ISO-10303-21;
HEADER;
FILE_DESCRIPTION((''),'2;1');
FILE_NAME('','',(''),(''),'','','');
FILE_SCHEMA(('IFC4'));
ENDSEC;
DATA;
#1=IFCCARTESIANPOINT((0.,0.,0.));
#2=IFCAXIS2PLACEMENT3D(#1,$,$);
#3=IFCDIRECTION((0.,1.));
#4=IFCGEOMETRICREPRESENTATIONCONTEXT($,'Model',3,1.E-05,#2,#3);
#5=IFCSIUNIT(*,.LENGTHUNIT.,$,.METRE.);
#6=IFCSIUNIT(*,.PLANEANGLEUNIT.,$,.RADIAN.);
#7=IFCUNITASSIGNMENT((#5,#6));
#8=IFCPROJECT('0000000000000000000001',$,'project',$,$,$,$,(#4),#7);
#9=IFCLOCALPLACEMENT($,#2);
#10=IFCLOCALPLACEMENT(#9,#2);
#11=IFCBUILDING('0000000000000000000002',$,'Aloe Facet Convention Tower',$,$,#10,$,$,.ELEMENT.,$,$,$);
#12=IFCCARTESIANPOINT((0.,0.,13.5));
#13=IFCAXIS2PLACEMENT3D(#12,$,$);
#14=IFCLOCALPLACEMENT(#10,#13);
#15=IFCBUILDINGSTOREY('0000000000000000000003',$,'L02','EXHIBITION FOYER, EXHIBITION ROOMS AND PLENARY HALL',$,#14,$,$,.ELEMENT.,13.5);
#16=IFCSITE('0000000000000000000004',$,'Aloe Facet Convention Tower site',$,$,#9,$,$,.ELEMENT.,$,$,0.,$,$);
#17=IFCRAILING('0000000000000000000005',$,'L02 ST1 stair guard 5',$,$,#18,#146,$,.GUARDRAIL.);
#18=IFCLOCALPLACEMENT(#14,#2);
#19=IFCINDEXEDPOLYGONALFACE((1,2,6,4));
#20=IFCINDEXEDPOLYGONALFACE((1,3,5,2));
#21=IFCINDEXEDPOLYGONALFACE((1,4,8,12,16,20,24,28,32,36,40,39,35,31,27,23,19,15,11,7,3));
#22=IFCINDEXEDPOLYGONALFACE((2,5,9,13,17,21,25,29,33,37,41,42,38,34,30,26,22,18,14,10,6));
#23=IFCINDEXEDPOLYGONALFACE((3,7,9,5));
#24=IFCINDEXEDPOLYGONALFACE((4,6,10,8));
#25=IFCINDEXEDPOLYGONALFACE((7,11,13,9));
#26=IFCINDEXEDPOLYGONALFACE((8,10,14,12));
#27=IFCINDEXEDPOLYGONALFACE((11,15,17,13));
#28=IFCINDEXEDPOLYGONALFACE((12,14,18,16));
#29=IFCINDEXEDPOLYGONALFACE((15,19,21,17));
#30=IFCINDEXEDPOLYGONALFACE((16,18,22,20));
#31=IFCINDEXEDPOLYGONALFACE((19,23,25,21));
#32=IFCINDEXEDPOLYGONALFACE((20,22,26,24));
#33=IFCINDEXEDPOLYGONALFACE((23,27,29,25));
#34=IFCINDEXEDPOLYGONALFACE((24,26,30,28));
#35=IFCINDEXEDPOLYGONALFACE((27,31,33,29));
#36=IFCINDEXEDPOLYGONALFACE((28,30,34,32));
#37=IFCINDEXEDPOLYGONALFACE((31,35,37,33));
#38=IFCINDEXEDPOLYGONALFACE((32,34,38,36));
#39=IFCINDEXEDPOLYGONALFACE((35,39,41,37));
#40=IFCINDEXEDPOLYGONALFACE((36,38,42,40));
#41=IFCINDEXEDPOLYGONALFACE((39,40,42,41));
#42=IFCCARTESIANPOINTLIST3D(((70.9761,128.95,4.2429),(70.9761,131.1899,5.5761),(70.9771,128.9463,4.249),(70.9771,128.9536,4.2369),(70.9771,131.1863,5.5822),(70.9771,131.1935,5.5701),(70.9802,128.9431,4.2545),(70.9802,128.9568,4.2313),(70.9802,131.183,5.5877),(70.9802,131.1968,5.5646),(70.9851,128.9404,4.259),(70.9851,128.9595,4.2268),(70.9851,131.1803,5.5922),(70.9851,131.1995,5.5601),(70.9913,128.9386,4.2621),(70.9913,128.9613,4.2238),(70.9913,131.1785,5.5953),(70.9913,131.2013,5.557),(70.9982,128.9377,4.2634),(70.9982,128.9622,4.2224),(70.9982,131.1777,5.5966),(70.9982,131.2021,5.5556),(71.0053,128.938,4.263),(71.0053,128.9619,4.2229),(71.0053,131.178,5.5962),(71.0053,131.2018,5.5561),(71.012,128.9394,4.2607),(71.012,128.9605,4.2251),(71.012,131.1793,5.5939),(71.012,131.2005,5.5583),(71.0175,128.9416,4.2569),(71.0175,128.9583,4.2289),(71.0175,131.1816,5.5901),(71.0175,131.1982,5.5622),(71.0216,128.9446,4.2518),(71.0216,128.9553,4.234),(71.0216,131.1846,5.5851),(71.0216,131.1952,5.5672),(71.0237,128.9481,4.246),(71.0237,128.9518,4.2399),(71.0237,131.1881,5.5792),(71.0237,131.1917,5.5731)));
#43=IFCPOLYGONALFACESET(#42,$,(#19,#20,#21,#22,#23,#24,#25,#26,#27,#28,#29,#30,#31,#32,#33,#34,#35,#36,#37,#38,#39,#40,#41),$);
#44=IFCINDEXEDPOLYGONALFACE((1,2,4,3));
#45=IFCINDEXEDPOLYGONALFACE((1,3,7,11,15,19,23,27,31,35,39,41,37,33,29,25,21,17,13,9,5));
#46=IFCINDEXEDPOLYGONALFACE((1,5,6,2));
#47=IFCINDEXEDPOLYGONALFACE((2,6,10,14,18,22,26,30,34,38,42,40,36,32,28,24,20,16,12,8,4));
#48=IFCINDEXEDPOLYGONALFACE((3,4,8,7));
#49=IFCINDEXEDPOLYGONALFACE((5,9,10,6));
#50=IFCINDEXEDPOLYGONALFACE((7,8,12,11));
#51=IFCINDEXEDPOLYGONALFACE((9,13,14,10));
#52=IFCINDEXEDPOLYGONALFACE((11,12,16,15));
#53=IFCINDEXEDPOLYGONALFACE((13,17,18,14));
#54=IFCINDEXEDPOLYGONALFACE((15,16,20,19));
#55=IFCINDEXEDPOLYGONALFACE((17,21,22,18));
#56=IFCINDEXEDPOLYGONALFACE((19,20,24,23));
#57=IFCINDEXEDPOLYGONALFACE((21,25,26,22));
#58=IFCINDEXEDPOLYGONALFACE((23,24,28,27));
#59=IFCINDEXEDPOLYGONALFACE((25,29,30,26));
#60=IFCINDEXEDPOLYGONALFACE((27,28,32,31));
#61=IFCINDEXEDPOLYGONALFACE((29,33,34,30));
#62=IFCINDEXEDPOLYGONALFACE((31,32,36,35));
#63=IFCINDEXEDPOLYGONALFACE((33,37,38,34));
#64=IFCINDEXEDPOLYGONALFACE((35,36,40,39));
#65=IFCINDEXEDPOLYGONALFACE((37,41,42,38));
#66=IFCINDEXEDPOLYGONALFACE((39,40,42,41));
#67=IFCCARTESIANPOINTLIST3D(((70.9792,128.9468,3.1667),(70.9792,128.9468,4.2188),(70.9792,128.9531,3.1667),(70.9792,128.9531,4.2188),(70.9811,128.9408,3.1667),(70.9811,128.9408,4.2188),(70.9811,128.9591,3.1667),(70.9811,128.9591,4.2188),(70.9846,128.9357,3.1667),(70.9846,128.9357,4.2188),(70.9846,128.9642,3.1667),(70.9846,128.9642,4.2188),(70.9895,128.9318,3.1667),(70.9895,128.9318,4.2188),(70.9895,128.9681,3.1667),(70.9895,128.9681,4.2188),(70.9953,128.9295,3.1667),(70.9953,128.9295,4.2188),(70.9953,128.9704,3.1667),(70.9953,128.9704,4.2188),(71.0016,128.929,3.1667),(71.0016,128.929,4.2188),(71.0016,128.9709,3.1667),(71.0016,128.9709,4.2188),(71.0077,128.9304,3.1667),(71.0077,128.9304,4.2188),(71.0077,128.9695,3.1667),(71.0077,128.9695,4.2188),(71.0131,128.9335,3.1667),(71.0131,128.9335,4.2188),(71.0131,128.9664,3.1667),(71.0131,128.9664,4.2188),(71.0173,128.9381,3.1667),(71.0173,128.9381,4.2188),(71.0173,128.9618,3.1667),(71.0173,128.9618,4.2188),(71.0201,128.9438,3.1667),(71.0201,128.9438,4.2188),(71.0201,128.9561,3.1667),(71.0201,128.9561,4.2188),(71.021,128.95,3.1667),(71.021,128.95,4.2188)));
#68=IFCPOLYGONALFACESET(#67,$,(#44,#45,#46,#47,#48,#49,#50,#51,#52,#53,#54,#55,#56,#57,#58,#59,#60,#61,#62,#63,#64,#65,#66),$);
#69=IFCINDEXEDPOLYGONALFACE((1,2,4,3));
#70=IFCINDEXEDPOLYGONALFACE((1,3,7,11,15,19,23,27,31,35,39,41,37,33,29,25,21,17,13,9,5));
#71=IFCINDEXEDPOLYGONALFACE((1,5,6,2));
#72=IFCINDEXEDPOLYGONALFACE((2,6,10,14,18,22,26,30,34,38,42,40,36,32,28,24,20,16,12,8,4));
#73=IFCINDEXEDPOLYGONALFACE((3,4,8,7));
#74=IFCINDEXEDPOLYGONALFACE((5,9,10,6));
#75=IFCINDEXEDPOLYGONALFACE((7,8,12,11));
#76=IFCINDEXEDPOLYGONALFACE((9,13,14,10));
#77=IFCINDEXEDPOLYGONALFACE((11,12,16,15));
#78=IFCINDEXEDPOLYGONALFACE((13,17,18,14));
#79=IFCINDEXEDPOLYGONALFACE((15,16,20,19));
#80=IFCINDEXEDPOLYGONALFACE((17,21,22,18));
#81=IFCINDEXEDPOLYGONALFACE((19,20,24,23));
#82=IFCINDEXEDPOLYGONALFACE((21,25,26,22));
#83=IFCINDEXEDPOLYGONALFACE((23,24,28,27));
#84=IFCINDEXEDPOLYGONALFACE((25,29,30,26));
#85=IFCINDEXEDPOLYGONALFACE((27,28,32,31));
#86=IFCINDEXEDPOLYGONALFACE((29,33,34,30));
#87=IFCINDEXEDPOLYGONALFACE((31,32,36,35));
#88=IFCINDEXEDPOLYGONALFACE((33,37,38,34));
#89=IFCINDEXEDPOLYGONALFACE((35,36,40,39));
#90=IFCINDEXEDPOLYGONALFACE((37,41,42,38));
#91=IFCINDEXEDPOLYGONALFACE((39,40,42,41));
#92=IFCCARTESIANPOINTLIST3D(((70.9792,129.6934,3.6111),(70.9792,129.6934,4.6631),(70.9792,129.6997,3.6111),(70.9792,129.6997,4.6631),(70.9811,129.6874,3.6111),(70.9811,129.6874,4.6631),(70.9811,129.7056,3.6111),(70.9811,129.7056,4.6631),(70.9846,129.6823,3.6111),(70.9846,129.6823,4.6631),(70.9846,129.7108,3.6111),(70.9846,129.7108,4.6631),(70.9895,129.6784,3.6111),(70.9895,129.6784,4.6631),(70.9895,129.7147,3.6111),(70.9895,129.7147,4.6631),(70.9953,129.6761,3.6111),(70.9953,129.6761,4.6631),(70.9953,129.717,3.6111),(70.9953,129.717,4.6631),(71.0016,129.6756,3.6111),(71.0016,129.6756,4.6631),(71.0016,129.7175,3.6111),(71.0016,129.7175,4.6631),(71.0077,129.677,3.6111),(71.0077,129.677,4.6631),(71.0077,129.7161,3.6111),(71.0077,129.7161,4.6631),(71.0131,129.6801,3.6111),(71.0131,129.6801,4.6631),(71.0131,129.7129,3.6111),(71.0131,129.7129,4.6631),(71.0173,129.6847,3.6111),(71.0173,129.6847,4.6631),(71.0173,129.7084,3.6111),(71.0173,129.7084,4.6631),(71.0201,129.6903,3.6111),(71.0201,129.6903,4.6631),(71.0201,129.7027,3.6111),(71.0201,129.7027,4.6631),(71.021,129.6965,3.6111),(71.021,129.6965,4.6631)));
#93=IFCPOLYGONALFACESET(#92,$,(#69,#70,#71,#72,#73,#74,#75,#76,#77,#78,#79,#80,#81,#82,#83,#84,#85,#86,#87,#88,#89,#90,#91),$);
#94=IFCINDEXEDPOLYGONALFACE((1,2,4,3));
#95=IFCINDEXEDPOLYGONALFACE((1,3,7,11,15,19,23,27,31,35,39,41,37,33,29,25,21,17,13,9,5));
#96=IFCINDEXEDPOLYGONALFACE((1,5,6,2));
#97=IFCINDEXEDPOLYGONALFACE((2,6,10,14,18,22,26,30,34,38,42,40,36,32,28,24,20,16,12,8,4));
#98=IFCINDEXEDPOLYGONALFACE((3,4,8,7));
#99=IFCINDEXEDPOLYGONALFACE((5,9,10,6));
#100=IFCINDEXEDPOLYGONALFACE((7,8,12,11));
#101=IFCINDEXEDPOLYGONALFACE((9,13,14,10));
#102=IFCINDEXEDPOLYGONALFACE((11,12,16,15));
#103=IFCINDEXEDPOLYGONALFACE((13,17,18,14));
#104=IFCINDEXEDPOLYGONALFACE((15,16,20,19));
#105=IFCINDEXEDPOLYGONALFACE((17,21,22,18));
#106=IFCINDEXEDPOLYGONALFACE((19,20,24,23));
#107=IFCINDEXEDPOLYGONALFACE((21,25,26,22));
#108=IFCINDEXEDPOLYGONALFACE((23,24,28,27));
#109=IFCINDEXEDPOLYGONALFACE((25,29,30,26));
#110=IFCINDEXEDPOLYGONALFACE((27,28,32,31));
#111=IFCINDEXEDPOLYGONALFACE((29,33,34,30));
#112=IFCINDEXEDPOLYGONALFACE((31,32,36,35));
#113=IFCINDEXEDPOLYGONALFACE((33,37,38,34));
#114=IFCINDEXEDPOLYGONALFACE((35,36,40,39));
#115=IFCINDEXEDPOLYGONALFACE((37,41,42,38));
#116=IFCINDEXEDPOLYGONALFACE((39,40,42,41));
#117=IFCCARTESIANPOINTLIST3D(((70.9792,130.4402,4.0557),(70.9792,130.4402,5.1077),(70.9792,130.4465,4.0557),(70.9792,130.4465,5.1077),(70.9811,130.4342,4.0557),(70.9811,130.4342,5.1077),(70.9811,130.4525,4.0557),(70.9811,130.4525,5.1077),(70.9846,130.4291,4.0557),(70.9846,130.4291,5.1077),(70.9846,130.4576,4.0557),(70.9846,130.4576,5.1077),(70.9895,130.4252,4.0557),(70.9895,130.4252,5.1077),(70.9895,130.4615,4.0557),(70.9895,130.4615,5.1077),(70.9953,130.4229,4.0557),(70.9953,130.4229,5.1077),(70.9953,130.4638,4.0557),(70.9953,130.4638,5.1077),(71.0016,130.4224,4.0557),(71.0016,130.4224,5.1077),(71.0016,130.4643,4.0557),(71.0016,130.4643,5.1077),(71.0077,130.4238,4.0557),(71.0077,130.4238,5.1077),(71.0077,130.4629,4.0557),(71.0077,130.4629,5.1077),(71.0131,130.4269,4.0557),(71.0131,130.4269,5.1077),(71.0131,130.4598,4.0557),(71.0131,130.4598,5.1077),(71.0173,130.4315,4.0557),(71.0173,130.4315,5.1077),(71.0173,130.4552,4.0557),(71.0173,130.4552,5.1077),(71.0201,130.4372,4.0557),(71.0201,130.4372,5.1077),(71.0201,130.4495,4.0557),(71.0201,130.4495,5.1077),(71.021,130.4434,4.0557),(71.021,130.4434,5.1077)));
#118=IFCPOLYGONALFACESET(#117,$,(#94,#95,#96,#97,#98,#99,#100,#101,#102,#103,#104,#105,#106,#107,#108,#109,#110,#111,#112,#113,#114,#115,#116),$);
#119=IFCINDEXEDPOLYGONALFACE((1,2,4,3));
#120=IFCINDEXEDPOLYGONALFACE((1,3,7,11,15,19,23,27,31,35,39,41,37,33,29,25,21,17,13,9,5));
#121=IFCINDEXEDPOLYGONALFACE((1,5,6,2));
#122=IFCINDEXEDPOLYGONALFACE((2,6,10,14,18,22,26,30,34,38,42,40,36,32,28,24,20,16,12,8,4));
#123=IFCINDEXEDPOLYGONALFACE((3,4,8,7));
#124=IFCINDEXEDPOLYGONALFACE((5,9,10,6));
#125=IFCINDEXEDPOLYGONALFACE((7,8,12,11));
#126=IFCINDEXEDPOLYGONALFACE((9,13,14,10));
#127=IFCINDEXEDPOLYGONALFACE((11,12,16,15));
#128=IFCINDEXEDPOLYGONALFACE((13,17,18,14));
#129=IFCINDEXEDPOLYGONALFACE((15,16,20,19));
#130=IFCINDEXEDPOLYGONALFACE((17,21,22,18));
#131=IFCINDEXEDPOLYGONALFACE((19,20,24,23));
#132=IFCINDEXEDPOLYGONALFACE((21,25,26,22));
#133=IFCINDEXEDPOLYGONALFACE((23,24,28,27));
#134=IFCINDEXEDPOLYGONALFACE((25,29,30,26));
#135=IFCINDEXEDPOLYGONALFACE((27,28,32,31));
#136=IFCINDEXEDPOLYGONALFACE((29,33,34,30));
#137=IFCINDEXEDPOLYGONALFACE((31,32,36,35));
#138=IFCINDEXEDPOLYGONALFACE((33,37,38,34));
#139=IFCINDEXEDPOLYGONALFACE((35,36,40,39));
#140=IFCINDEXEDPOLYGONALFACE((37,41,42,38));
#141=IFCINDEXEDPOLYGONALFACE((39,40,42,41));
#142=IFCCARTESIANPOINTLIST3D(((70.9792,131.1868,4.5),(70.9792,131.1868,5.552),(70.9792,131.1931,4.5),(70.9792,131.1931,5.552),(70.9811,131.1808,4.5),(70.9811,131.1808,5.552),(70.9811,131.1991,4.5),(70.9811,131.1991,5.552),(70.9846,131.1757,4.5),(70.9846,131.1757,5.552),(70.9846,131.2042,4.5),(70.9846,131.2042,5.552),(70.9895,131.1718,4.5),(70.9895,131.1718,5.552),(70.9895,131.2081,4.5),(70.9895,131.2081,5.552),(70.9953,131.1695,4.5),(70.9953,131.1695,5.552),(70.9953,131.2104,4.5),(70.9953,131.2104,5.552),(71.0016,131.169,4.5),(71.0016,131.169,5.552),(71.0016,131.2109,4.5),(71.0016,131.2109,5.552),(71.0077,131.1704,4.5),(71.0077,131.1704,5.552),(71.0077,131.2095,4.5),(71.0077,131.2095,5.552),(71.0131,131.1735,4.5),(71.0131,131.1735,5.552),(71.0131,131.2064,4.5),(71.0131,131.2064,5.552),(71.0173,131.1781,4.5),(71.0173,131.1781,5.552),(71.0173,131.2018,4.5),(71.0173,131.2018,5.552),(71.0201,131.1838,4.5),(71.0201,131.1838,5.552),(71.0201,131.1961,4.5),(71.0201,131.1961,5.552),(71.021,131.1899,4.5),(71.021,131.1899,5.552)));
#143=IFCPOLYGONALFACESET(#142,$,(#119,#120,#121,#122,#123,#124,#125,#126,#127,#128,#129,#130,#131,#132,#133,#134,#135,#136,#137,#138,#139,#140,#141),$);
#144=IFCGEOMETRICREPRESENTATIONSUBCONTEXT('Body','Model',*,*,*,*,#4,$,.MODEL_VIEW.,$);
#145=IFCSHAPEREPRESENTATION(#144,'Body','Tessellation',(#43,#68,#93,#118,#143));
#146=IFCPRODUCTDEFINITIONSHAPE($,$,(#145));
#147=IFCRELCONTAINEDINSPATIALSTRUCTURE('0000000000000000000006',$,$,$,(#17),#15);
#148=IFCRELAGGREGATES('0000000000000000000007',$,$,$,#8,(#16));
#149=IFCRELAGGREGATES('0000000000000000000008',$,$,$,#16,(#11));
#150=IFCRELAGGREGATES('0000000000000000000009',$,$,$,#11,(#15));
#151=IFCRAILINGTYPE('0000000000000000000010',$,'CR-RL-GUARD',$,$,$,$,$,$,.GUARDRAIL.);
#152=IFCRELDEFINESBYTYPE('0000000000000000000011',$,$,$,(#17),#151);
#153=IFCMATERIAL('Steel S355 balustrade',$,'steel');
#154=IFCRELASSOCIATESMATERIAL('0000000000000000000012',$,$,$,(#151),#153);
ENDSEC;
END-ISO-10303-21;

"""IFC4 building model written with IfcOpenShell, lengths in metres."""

from ifc_helpers import new_model, si_unit, direction, frame, origin, origin_2d, place, context, subcontext, project, spatial, circle, extrude, material, type_object, element, save


model = new_model("IFC4")

# Units and contexts
model_context = context("Model", 3, precision=1e-05, world=origin(), true_north=direction((0.0, 1.0)))
body_context = subcontext(model_context, "Body", "Model", "MODEL_VIEW")
ifc_project = project(units=[si_unit("LENGTHUNIT", "METRE"), si_unit("PLANEANGLEUNIT", "RADIAN")], contexts=[model_context])

# Site, building, storey
site_placement = place(None, origin())
site = spatial("IfcSite", under=ifc_project, at=site_placement, Name="Aloe Facet Convention Tower site", CompositionType="ELEMENT", RefElevation=0.0)
building_placement = place(site_placement, origin())
building = spatial("IfcBuilding", under=site, at=building_placement, Name="Aloe Facet Convention Tower", CompositionType="ELEMENT")
storey_placement = place(building_placement, frame((0.0, 0.0, 13.5)))
storey = spatial("IfcBuildingStorey", under=building, at=storey_placement, Name="L02", Description="EXHIBITION FOYER, EXHIBITION ROOMS AND PLENARY HALL", CompositionType="ELEMENT", Elevation=13.5)

# Railing
ifc_material_1 = material(Name="Steel S355 balustrade", Category="steel")
railing_type_1 = type_object("IfcRailingType", Name="CR-RL-GUARD", PredefinedType="GUARDRAIL", material=ifc_material_1)
for number, where, name in (
    (1, (71.0, 128.95, 3.1667), "L02 ST1 stair guard 5"),
):
    element("IfcRailing", number, at=place(storey_placement, frame(where)), inside=storey, type_object=railing_type_1, Name=name, PredefinedType="GUARDRAIL", context=body_context, shape_type="SweptSolid", body=[
        extrude(circle(Radius=0.0239, at=origin_2d()), frame((0.0, 0.0, 1.0762), z_axis=(0.0, 0.859306, 0.511462), x_axis=(-1.0, 0.0, 0.0)), (0.0, 0.0, 1.0), 2.6067),
        extrude(circle(Radius=0.021, at=origin_2d()), origin(), (0.0, 0.0, 1.0), 1.052),
        extrude(circle(Radius=0.021, at=origin_2d()), frame((0.0, 0.7466, 0.4443)), (0.0, 0.0, 1.0), 1.052),
        extrude(circle(Radius=0.021, at=origin_2d()), frame((0.0, 1.4934, 0.8889)), (0.0, 0.0, 1.0), 1.052),
        extrude(circle(Radius=0.021, at=origin_2d()), frame((0.0, 2.24, 1.3333)), (0.0, 0.0, 1.0), 1.052),
    ])

save(model, "model.ifc")
